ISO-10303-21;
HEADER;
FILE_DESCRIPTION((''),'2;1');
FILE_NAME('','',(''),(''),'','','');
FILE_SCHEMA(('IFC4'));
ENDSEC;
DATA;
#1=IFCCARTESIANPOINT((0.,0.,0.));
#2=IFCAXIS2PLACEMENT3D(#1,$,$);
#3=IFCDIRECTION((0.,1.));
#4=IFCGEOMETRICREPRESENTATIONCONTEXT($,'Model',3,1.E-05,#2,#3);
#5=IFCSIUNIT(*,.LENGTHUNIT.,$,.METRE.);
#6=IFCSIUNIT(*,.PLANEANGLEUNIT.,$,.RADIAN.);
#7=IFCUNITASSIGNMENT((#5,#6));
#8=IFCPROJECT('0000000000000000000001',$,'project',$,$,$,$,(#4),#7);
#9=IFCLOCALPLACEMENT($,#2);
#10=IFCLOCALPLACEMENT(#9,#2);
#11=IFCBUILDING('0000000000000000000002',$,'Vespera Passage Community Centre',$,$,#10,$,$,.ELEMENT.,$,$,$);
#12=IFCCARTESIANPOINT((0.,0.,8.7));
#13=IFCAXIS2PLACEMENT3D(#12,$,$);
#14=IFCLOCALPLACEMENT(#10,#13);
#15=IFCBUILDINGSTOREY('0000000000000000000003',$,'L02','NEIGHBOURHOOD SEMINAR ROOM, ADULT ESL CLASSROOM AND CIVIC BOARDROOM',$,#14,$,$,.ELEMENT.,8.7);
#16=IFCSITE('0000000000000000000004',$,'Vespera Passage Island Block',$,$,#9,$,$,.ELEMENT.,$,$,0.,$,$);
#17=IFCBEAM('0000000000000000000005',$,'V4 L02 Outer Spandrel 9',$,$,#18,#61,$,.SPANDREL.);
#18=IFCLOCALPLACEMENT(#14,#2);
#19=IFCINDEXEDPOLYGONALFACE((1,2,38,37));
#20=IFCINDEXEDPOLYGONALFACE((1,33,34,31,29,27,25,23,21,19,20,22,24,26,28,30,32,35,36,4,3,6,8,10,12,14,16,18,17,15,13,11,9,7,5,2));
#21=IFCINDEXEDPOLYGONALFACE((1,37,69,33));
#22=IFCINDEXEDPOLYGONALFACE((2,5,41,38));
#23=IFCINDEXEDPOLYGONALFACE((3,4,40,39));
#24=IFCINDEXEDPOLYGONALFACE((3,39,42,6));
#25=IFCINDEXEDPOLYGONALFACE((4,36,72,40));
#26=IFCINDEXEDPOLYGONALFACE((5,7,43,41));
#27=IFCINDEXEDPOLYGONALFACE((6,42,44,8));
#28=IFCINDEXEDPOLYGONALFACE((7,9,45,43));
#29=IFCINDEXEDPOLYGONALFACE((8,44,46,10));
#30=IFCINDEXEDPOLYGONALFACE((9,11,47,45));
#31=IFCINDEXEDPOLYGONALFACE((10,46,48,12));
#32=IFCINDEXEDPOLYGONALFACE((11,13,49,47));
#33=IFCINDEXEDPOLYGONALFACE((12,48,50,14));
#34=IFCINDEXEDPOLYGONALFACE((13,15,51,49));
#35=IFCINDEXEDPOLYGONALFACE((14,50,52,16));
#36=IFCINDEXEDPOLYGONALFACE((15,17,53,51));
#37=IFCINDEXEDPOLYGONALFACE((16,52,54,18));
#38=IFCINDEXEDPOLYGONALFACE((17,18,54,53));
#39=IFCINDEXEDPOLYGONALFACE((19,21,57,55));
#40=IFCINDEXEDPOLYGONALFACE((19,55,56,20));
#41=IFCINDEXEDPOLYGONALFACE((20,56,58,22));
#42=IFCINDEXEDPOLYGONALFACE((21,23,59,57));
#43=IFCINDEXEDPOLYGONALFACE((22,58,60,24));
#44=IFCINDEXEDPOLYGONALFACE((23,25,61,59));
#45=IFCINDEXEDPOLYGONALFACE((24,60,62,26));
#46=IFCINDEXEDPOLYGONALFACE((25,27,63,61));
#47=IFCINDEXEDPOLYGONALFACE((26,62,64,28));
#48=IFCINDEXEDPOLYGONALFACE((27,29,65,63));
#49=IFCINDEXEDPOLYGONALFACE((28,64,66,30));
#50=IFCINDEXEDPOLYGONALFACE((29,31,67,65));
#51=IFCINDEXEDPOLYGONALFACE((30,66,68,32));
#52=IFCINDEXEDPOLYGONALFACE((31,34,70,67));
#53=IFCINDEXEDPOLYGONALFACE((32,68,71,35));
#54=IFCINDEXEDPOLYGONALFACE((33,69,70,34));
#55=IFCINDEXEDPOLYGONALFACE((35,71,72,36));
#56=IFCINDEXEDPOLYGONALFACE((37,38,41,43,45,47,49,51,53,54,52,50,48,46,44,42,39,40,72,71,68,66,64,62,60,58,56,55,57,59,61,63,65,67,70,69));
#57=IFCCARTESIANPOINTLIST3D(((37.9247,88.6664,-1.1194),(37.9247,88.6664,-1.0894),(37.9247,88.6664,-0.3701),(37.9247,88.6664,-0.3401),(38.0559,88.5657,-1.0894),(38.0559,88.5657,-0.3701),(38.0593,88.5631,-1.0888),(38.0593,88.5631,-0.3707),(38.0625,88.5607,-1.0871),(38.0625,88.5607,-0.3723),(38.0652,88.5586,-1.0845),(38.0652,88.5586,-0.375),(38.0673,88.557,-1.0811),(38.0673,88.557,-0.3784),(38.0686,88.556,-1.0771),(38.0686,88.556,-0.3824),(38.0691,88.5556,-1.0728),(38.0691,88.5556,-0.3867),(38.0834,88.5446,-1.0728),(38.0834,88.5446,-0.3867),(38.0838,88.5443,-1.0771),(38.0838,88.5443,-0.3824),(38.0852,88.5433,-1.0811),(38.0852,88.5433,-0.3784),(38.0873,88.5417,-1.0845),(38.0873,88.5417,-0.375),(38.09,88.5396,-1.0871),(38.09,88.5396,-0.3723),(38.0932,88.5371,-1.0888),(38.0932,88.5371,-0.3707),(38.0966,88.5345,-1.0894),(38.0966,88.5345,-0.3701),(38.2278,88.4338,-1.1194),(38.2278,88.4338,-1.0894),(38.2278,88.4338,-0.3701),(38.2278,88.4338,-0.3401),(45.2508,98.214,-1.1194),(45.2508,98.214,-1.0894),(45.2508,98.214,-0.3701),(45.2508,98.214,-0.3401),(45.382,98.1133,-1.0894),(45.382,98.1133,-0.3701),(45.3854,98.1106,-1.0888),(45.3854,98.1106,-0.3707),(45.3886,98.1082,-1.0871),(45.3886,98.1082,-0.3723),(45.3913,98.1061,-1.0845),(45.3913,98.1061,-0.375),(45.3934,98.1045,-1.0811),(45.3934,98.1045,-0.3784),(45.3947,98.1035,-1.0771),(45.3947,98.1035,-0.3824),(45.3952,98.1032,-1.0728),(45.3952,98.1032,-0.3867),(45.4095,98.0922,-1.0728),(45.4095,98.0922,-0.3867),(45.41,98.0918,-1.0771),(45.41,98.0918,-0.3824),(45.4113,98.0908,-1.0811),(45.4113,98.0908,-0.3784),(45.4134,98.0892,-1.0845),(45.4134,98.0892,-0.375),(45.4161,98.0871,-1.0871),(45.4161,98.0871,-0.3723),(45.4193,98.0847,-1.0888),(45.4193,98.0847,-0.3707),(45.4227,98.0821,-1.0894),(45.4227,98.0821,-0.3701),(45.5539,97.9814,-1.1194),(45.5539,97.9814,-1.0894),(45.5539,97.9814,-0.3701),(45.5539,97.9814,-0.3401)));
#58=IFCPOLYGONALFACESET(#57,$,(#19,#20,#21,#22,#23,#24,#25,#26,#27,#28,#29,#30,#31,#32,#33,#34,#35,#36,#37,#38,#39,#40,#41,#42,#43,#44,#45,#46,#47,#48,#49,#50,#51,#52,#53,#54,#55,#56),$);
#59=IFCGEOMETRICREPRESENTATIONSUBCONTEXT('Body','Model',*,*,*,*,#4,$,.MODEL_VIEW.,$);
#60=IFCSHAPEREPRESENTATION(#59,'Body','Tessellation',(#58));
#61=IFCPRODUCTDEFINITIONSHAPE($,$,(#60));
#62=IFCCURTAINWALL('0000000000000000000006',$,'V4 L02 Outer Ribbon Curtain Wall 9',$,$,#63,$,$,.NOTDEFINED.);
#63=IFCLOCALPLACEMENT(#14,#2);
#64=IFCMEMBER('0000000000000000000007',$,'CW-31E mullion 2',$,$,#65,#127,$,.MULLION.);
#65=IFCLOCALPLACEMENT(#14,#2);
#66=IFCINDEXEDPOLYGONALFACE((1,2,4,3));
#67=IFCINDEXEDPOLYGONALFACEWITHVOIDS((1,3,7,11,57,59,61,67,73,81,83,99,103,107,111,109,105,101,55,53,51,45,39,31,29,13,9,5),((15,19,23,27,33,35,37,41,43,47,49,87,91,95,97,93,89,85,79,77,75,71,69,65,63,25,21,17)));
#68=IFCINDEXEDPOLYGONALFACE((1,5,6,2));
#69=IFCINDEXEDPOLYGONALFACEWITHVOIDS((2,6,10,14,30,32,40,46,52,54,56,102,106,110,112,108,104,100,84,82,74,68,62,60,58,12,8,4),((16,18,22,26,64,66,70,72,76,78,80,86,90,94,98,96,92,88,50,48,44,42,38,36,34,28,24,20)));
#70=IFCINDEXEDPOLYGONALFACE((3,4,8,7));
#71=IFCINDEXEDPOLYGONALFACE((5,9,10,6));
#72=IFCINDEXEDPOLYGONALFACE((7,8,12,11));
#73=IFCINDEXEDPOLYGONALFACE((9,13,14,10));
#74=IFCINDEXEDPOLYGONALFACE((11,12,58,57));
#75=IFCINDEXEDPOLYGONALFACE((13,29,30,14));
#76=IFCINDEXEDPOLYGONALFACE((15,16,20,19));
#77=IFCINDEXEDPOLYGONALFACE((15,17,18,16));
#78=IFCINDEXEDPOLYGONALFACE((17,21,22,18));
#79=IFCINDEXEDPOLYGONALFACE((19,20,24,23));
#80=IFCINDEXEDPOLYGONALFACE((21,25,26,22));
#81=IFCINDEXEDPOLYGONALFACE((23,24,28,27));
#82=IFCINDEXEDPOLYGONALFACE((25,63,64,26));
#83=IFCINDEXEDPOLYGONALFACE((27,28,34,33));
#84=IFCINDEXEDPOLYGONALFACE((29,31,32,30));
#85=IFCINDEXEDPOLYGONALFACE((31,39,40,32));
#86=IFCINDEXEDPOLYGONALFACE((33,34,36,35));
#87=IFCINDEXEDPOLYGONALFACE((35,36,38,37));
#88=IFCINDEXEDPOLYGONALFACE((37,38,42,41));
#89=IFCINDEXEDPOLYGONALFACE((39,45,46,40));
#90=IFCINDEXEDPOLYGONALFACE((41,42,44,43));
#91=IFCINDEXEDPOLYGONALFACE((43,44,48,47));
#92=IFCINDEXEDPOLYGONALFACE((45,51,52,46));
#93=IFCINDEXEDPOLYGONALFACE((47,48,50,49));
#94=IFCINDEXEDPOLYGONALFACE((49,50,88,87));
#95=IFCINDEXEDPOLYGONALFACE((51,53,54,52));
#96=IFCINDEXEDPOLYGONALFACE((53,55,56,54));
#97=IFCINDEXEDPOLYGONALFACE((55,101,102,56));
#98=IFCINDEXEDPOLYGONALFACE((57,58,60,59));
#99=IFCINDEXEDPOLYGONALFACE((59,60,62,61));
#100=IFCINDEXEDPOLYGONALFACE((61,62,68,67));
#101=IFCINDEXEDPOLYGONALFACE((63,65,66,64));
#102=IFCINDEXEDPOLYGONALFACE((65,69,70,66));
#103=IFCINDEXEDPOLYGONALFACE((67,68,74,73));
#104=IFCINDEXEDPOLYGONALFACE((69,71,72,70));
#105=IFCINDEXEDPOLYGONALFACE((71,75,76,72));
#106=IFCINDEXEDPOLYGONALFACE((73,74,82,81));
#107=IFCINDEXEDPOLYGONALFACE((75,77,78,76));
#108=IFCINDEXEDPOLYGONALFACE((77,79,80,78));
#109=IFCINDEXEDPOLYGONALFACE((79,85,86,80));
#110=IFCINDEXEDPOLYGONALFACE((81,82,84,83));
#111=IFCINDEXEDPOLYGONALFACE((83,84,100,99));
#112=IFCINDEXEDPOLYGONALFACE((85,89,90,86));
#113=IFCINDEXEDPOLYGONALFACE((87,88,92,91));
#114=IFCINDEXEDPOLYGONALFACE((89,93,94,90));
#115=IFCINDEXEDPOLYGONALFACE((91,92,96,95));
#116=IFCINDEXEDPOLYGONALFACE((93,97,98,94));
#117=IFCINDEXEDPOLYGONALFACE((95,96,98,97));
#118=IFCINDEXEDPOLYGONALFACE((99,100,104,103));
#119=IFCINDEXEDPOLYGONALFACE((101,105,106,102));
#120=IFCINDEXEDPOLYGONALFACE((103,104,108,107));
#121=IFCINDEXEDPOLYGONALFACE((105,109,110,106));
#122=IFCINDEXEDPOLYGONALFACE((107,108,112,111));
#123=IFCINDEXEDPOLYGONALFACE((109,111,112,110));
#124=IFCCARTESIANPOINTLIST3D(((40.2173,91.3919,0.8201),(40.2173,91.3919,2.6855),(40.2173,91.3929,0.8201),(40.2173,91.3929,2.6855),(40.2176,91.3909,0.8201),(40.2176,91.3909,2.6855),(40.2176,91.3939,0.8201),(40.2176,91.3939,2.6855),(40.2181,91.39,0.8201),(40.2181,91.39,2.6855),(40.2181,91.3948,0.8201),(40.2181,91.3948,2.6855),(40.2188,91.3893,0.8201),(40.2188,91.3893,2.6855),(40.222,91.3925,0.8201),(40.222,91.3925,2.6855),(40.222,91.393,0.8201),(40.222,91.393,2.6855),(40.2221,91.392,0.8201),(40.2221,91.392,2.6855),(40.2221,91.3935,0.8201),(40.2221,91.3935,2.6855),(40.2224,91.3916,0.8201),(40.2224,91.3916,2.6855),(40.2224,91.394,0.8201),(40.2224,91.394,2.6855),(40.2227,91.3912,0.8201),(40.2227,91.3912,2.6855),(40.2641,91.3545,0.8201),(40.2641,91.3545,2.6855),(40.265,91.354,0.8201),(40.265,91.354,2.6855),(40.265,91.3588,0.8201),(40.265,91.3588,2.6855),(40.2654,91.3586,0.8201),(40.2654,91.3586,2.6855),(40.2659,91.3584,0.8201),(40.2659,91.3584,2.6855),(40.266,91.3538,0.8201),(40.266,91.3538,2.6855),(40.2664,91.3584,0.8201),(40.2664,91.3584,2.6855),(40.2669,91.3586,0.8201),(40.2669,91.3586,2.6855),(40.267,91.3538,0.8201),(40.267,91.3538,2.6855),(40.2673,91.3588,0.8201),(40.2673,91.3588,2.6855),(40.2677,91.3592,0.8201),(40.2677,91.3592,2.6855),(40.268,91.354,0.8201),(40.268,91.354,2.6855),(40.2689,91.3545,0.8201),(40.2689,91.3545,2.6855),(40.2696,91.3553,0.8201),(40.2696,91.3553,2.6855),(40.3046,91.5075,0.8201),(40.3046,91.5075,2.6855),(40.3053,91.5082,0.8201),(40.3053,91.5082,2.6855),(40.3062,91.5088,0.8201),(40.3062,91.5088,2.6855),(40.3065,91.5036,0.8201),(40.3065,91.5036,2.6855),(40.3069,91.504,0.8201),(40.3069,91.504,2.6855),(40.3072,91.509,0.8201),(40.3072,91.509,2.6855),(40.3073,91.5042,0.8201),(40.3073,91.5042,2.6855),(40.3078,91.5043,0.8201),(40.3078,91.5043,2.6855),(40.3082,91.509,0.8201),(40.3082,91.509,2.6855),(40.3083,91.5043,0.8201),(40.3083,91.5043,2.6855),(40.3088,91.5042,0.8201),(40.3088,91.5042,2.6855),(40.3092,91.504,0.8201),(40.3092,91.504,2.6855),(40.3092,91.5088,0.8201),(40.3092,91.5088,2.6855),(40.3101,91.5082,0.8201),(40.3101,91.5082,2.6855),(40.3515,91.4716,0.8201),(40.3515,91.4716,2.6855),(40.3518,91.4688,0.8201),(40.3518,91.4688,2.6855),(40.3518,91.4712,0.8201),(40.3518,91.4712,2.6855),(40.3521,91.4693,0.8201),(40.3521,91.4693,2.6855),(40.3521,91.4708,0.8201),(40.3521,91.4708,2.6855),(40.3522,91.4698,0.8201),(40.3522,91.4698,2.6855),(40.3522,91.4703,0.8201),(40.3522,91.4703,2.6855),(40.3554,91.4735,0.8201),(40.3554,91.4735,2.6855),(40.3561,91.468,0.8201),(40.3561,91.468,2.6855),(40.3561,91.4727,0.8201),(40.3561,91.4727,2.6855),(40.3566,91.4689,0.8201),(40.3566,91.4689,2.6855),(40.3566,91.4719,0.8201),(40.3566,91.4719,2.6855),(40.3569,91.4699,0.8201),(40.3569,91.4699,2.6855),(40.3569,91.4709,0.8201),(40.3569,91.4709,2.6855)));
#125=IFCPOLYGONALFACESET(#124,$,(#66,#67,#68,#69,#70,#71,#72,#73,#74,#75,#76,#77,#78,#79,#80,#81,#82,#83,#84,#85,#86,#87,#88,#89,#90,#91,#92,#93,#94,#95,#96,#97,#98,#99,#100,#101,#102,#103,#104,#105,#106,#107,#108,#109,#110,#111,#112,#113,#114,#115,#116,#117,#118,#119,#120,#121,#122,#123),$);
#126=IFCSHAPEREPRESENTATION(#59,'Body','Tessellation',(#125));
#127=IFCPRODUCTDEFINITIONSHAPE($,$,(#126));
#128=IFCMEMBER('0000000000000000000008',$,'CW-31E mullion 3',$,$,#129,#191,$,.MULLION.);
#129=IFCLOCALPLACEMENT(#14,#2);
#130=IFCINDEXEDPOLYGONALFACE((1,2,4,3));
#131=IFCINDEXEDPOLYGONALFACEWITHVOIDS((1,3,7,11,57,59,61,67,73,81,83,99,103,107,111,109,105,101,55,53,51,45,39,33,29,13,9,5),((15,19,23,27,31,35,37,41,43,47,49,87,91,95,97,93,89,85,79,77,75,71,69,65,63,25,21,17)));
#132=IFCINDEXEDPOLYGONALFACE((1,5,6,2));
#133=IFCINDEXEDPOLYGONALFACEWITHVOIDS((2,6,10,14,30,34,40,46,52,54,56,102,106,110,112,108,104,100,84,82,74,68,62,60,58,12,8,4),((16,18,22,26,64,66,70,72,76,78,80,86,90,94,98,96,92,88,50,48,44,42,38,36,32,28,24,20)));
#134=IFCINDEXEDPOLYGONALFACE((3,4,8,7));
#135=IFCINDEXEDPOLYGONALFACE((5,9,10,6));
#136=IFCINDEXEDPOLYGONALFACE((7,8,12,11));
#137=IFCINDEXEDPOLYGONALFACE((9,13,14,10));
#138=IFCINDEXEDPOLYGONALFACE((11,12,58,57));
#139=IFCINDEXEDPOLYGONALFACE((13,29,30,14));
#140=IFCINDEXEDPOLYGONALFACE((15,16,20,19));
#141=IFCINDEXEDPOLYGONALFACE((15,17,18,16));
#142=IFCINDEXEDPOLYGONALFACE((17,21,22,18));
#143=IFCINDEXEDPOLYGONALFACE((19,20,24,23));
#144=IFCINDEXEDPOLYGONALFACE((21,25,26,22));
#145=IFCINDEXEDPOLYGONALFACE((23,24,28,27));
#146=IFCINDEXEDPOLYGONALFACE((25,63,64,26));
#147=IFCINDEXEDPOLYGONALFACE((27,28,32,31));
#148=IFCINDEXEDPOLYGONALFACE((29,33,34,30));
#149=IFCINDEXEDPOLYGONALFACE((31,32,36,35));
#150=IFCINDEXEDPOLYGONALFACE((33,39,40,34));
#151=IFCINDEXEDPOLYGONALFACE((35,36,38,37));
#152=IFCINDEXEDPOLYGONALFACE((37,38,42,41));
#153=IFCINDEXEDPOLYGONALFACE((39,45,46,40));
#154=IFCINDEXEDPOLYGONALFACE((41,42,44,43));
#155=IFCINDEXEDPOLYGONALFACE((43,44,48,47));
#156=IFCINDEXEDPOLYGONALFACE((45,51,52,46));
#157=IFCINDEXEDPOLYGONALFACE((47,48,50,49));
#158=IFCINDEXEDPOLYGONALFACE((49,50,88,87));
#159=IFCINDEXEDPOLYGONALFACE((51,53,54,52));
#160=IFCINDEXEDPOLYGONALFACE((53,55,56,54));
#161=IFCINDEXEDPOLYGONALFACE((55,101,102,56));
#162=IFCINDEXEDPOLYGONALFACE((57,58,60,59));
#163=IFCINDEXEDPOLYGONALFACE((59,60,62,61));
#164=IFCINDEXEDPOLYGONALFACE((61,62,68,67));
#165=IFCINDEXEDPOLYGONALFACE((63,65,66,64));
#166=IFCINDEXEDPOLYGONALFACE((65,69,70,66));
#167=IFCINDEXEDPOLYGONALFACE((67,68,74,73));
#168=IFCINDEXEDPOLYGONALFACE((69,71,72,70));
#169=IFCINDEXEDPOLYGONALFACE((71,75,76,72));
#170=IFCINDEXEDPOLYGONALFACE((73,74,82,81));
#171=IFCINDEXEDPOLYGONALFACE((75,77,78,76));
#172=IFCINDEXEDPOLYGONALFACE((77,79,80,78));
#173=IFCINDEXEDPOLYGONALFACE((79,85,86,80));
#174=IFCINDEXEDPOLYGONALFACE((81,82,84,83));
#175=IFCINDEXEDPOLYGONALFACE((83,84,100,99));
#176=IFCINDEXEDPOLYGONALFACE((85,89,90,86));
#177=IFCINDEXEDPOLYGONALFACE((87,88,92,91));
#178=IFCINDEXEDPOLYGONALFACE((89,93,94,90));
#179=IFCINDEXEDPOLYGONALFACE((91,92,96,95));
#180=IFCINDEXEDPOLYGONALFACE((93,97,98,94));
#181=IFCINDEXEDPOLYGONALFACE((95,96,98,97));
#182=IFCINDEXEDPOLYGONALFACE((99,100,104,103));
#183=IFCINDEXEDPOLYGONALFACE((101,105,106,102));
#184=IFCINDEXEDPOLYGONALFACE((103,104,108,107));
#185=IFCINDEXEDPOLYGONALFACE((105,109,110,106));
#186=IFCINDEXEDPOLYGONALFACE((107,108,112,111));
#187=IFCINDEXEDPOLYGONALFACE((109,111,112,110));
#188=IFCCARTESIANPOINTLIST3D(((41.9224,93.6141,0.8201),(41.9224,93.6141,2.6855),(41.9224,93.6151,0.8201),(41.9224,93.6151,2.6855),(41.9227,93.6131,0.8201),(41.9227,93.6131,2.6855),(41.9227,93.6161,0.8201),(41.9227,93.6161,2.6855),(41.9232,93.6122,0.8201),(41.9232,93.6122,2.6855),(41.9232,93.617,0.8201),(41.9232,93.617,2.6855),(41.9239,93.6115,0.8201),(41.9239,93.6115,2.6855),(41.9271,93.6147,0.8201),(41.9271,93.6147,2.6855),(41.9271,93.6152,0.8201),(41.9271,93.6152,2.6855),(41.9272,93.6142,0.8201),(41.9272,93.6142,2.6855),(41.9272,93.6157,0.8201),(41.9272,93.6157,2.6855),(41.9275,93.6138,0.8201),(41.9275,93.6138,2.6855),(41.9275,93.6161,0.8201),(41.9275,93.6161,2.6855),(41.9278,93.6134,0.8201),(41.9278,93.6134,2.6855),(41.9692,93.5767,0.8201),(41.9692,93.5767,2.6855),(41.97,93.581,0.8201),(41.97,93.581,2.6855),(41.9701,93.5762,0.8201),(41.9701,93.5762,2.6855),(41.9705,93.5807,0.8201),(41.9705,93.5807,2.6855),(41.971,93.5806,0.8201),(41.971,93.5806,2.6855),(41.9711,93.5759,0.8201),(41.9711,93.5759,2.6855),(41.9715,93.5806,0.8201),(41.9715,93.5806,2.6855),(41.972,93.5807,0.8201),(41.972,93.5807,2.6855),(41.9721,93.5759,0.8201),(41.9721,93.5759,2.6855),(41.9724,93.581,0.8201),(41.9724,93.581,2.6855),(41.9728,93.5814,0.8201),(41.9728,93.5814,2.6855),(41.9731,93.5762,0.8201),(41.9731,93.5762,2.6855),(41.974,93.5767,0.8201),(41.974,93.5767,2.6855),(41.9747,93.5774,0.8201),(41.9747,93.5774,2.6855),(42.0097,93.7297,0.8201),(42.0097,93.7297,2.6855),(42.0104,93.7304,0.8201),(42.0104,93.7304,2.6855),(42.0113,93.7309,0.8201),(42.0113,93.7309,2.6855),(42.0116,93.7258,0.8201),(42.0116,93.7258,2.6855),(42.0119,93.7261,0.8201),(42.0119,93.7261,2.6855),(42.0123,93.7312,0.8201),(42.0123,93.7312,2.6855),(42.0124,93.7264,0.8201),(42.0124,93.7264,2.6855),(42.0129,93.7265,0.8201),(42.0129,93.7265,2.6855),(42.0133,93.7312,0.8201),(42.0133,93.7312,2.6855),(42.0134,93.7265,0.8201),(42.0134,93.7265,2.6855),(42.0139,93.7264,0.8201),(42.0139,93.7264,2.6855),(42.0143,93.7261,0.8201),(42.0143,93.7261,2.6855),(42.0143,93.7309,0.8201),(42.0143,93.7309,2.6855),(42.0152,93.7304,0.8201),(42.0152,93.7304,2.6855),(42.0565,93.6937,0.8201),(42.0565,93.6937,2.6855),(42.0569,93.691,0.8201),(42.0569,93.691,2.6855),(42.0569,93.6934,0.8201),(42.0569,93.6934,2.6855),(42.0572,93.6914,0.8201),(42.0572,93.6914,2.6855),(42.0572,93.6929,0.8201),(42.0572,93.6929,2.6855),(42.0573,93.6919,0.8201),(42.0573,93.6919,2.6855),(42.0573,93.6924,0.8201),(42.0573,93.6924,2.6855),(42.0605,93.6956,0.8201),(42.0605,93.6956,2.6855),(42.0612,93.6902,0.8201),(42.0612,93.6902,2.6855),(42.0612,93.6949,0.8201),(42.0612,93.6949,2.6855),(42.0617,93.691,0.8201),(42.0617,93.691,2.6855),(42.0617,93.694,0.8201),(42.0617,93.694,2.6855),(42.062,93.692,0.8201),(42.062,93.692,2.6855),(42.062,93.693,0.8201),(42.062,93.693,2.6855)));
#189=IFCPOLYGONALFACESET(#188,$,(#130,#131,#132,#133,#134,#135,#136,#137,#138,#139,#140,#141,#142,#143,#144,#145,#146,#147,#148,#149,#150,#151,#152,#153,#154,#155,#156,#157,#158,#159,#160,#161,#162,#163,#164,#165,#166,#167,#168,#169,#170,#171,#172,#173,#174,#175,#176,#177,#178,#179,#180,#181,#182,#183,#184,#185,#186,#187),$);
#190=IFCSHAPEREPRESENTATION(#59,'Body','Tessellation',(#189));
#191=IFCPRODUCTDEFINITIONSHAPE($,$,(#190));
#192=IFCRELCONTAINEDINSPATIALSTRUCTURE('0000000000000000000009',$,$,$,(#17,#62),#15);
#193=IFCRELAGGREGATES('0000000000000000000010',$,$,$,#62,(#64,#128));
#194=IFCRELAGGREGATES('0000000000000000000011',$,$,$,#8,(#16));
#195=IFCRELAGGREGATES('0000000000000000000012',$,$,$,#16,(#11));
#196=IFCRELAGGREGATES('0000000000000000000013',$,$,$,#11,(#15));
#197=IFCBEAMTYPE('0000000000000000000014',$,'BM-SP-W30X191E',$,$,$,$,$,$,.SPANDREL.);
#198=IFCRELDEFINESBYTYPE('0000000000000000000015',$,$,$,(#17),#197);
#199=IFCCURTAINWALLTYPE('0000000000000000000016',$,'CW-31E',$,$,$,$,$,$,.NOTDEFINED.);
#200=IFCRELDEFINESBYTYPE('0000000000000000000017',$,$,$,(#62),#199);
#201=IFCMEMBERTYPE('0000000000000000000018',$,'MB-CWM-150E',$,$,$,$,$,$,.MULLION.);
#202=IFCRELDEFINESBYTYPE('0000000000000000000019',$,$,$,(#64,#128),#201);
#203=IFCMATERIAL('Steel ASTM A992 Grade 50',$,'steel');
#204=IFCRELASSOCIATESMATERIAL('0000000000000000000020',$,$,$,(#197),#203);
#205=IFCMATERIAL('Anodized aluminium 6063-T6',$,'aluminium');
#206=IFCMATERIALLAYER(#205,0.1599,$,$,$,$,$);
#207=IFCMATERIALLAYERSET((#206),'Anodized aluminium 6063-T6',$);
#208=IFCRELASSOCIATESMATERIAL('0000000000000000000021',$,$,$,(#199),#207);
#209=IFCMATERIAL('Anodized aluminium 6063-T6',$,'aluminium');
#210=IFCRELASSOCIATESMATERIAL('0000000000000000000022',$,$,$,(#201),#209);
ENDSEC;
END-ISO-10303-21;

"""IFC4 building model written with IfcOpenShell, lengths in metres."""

from ifc_helpers import new_model, si_unit, direction, frame, origin, origin_2d, place, context, subcontext, project, spatial, hollow_rectangle, i_section, extrude, material, layer, layer_set, material_profile, profile_set, type_object, element, aggregate, save


model = new_model("IFC4")

# Units and contexts
model_context = context("Model", 3, precision=1e-05, world=origin(), true_north=direction((0.0, 1.0)))
body_context = subcontext(model_context, "Body", "Model", "MODEL_VIEW")
ifc_project = project(units=[si_unit("LENGTHUNIT", "METRE"), si_unit("PLANEANGLEUNIT", "RADIAN")], contexts=[model_context])

# Site, building, storey
site_placement = place(None, origin())
site = spatial("IfcSite", under=ifc_project, at=site_placement, Name="Vespera Passage Island Block", CompositionType="ELEMENT", RefElevation=0.0)
building_placement = place(site_placement, origin())
building = spatial("IfcBuilding", under=site, at=building_placement, Name="Vespera Passage Community Centre", CompositionType="ELEMENT")
storey_placement = place(building_placement, frame((0.0, 0.0, 8.7)))
storey = spatial("IfcBuildingStorey", under=building, at=storey_placement, Name="L02", Description="NEIGHBOURHOOD SEMINAR ROOM, ADULT ESL CLASSROOM AND CIVIC BOARDROOM", CompositionType="ELEMENT", Elevation=8.7)

# Beam
ifc_material_1 = material(Name="Steel ASTM A992 Grade 50", Category="steel")
ifc_material_profile_1 = material_profile(ifc_material_1, i_section(OverallWidth=0.3821, OverallDepth=0.7793, WebThickness=0.0181, FlangeThickness=0.03, FilletRadius=0.0166, at=origin_2d()), Name="W30X191")
ifc_profile_set_1 = profile_set([ifc_material_profile_1], Name="Steel ASTM A992 Grade 50")
beam_type = type_object("IfcBeamType", Name="BM-SP-W30X191E", PredefinedType="SPANDREL", material=ifc_profile_set_1)
beam_placement = place(storey_placement, frame((45.4023, 98.0977, -0.7297), z_axis=(-0.608763, -0.793352, 0.0), x_axis=(0.793352, -0.608763, 0.0)))
element("IfcBeam", 1, at=beam_placement, inside=storey, type_object=beam_type, Name="V4 L02 Outer Spandrel 9", PredefinedType="SPANDREL", context=body_context, shape_type="SweptSolid", body=[
    extrude(i_section(OverallWidth=0.3821, OverallDepth=0.7793, WebThickness=0.0181, FlangeThickness=0.03, FilletRadius=0.0166, at=origin_2d()), origin(), (0.0, 0.0, 1.0), 12.0344),
])

# Curtain wall, members
ifc_material_2 = material(Name="Anodized aluminium 6063-T6", Category="aluminium")
ifc_layer_1 = layer(ifc_material_2, 0.1599)
ifc_layer_set_1 = layer_set([ifc_layer_1], Name="Anodized aluminium 6063-T6")
curtain_wall_type_1 = type_object("IfcCurtainWallType", Name="CW-31E", PredefinedType="NOTDEFINED", material=ifc_layer_set_1)
curtain_wall_1_placement = place(storey_placement, origin())
curtain_wall_1 = element("IfcCurtainWall", 2, at=curtain_wall_1_placement, inside=storey, type_object=curtain_wall_type_1, Name="V4 L02 Outer Ribbon Curtain Wall 9", PredefinedType="NOTDEFINED")
ifc_material_3 = material(Name="Anodized aluminium 6063-T6", Category="aluminium")
ifc_material_profile_2 = material_profile(ifc_material_3, hollow_rectangle(XDim=0.0649, YDim=0.1499, WallThickness=0.0039, InnerFilletRadius=0.002, OuterFilletRadius=0.0039, at=origin_2d()), Name="ALU150X65X4")
ifc_profile_set_2 = profile_set([ifc_material_profile_2], Name="Anodized aluminium 6063-T6")
member_type_1 = type_object("IfcMemberType", Name="MB-CWM-150E", PredefinedType="MULLION", material=ifc_profile_set_2)
member_1_placement = place(storey_placement, frame((40.2871, 91.4314, 0.8201), z_axis=(0.0, 0.0, 1.0), x_axis=(-0.79335, 0.608765, 0.0)))
member_1 = element("IfcMember", 3, at=member_1_placement, type_object=member_type_1, Name="CW-31E mullion 2", PredefinedType="MULLION", context=body_context, shape_type="SweptSolid", body=[
    extrude(hollow_rectangle(XDim=0.0649, YDim=0.1499, WallThickness=0.0039, InnerFilletRadius=0.002, OuterFilletRadius=0.0039, at=origin_2d()), origin(), (0.0, 0.0, 1.0), 1.8655),
])
member_2_placement = place(storey_placement, frame((41.9922, 93.6536, 0.8201), z_axis=(0.0, 0.0, 1.0), x_axis=(-0.79335, 0.608765, 0.0)))
member_2 = element("IfcMember", 4, at=member_2_placement, type_object=member_type_1, Name="CW-31E mullion 3", PredefinedType="MULLION", context=body_context, shape_type="SweptSolid", body=[
    extrude(hollow_rectangle(XDim=0.0649, YDim=0.1499, WallThickness=0.0039, InnerFilletRadius=0.002, OuterFilletRadius=0.0039, at=origin_2d()), origin(), (0.0, 0.0, 1.0), 1.8655),
])

aggregate(curtain_wall_1, [member_1, member_2])

save(model, "model.ifc")
